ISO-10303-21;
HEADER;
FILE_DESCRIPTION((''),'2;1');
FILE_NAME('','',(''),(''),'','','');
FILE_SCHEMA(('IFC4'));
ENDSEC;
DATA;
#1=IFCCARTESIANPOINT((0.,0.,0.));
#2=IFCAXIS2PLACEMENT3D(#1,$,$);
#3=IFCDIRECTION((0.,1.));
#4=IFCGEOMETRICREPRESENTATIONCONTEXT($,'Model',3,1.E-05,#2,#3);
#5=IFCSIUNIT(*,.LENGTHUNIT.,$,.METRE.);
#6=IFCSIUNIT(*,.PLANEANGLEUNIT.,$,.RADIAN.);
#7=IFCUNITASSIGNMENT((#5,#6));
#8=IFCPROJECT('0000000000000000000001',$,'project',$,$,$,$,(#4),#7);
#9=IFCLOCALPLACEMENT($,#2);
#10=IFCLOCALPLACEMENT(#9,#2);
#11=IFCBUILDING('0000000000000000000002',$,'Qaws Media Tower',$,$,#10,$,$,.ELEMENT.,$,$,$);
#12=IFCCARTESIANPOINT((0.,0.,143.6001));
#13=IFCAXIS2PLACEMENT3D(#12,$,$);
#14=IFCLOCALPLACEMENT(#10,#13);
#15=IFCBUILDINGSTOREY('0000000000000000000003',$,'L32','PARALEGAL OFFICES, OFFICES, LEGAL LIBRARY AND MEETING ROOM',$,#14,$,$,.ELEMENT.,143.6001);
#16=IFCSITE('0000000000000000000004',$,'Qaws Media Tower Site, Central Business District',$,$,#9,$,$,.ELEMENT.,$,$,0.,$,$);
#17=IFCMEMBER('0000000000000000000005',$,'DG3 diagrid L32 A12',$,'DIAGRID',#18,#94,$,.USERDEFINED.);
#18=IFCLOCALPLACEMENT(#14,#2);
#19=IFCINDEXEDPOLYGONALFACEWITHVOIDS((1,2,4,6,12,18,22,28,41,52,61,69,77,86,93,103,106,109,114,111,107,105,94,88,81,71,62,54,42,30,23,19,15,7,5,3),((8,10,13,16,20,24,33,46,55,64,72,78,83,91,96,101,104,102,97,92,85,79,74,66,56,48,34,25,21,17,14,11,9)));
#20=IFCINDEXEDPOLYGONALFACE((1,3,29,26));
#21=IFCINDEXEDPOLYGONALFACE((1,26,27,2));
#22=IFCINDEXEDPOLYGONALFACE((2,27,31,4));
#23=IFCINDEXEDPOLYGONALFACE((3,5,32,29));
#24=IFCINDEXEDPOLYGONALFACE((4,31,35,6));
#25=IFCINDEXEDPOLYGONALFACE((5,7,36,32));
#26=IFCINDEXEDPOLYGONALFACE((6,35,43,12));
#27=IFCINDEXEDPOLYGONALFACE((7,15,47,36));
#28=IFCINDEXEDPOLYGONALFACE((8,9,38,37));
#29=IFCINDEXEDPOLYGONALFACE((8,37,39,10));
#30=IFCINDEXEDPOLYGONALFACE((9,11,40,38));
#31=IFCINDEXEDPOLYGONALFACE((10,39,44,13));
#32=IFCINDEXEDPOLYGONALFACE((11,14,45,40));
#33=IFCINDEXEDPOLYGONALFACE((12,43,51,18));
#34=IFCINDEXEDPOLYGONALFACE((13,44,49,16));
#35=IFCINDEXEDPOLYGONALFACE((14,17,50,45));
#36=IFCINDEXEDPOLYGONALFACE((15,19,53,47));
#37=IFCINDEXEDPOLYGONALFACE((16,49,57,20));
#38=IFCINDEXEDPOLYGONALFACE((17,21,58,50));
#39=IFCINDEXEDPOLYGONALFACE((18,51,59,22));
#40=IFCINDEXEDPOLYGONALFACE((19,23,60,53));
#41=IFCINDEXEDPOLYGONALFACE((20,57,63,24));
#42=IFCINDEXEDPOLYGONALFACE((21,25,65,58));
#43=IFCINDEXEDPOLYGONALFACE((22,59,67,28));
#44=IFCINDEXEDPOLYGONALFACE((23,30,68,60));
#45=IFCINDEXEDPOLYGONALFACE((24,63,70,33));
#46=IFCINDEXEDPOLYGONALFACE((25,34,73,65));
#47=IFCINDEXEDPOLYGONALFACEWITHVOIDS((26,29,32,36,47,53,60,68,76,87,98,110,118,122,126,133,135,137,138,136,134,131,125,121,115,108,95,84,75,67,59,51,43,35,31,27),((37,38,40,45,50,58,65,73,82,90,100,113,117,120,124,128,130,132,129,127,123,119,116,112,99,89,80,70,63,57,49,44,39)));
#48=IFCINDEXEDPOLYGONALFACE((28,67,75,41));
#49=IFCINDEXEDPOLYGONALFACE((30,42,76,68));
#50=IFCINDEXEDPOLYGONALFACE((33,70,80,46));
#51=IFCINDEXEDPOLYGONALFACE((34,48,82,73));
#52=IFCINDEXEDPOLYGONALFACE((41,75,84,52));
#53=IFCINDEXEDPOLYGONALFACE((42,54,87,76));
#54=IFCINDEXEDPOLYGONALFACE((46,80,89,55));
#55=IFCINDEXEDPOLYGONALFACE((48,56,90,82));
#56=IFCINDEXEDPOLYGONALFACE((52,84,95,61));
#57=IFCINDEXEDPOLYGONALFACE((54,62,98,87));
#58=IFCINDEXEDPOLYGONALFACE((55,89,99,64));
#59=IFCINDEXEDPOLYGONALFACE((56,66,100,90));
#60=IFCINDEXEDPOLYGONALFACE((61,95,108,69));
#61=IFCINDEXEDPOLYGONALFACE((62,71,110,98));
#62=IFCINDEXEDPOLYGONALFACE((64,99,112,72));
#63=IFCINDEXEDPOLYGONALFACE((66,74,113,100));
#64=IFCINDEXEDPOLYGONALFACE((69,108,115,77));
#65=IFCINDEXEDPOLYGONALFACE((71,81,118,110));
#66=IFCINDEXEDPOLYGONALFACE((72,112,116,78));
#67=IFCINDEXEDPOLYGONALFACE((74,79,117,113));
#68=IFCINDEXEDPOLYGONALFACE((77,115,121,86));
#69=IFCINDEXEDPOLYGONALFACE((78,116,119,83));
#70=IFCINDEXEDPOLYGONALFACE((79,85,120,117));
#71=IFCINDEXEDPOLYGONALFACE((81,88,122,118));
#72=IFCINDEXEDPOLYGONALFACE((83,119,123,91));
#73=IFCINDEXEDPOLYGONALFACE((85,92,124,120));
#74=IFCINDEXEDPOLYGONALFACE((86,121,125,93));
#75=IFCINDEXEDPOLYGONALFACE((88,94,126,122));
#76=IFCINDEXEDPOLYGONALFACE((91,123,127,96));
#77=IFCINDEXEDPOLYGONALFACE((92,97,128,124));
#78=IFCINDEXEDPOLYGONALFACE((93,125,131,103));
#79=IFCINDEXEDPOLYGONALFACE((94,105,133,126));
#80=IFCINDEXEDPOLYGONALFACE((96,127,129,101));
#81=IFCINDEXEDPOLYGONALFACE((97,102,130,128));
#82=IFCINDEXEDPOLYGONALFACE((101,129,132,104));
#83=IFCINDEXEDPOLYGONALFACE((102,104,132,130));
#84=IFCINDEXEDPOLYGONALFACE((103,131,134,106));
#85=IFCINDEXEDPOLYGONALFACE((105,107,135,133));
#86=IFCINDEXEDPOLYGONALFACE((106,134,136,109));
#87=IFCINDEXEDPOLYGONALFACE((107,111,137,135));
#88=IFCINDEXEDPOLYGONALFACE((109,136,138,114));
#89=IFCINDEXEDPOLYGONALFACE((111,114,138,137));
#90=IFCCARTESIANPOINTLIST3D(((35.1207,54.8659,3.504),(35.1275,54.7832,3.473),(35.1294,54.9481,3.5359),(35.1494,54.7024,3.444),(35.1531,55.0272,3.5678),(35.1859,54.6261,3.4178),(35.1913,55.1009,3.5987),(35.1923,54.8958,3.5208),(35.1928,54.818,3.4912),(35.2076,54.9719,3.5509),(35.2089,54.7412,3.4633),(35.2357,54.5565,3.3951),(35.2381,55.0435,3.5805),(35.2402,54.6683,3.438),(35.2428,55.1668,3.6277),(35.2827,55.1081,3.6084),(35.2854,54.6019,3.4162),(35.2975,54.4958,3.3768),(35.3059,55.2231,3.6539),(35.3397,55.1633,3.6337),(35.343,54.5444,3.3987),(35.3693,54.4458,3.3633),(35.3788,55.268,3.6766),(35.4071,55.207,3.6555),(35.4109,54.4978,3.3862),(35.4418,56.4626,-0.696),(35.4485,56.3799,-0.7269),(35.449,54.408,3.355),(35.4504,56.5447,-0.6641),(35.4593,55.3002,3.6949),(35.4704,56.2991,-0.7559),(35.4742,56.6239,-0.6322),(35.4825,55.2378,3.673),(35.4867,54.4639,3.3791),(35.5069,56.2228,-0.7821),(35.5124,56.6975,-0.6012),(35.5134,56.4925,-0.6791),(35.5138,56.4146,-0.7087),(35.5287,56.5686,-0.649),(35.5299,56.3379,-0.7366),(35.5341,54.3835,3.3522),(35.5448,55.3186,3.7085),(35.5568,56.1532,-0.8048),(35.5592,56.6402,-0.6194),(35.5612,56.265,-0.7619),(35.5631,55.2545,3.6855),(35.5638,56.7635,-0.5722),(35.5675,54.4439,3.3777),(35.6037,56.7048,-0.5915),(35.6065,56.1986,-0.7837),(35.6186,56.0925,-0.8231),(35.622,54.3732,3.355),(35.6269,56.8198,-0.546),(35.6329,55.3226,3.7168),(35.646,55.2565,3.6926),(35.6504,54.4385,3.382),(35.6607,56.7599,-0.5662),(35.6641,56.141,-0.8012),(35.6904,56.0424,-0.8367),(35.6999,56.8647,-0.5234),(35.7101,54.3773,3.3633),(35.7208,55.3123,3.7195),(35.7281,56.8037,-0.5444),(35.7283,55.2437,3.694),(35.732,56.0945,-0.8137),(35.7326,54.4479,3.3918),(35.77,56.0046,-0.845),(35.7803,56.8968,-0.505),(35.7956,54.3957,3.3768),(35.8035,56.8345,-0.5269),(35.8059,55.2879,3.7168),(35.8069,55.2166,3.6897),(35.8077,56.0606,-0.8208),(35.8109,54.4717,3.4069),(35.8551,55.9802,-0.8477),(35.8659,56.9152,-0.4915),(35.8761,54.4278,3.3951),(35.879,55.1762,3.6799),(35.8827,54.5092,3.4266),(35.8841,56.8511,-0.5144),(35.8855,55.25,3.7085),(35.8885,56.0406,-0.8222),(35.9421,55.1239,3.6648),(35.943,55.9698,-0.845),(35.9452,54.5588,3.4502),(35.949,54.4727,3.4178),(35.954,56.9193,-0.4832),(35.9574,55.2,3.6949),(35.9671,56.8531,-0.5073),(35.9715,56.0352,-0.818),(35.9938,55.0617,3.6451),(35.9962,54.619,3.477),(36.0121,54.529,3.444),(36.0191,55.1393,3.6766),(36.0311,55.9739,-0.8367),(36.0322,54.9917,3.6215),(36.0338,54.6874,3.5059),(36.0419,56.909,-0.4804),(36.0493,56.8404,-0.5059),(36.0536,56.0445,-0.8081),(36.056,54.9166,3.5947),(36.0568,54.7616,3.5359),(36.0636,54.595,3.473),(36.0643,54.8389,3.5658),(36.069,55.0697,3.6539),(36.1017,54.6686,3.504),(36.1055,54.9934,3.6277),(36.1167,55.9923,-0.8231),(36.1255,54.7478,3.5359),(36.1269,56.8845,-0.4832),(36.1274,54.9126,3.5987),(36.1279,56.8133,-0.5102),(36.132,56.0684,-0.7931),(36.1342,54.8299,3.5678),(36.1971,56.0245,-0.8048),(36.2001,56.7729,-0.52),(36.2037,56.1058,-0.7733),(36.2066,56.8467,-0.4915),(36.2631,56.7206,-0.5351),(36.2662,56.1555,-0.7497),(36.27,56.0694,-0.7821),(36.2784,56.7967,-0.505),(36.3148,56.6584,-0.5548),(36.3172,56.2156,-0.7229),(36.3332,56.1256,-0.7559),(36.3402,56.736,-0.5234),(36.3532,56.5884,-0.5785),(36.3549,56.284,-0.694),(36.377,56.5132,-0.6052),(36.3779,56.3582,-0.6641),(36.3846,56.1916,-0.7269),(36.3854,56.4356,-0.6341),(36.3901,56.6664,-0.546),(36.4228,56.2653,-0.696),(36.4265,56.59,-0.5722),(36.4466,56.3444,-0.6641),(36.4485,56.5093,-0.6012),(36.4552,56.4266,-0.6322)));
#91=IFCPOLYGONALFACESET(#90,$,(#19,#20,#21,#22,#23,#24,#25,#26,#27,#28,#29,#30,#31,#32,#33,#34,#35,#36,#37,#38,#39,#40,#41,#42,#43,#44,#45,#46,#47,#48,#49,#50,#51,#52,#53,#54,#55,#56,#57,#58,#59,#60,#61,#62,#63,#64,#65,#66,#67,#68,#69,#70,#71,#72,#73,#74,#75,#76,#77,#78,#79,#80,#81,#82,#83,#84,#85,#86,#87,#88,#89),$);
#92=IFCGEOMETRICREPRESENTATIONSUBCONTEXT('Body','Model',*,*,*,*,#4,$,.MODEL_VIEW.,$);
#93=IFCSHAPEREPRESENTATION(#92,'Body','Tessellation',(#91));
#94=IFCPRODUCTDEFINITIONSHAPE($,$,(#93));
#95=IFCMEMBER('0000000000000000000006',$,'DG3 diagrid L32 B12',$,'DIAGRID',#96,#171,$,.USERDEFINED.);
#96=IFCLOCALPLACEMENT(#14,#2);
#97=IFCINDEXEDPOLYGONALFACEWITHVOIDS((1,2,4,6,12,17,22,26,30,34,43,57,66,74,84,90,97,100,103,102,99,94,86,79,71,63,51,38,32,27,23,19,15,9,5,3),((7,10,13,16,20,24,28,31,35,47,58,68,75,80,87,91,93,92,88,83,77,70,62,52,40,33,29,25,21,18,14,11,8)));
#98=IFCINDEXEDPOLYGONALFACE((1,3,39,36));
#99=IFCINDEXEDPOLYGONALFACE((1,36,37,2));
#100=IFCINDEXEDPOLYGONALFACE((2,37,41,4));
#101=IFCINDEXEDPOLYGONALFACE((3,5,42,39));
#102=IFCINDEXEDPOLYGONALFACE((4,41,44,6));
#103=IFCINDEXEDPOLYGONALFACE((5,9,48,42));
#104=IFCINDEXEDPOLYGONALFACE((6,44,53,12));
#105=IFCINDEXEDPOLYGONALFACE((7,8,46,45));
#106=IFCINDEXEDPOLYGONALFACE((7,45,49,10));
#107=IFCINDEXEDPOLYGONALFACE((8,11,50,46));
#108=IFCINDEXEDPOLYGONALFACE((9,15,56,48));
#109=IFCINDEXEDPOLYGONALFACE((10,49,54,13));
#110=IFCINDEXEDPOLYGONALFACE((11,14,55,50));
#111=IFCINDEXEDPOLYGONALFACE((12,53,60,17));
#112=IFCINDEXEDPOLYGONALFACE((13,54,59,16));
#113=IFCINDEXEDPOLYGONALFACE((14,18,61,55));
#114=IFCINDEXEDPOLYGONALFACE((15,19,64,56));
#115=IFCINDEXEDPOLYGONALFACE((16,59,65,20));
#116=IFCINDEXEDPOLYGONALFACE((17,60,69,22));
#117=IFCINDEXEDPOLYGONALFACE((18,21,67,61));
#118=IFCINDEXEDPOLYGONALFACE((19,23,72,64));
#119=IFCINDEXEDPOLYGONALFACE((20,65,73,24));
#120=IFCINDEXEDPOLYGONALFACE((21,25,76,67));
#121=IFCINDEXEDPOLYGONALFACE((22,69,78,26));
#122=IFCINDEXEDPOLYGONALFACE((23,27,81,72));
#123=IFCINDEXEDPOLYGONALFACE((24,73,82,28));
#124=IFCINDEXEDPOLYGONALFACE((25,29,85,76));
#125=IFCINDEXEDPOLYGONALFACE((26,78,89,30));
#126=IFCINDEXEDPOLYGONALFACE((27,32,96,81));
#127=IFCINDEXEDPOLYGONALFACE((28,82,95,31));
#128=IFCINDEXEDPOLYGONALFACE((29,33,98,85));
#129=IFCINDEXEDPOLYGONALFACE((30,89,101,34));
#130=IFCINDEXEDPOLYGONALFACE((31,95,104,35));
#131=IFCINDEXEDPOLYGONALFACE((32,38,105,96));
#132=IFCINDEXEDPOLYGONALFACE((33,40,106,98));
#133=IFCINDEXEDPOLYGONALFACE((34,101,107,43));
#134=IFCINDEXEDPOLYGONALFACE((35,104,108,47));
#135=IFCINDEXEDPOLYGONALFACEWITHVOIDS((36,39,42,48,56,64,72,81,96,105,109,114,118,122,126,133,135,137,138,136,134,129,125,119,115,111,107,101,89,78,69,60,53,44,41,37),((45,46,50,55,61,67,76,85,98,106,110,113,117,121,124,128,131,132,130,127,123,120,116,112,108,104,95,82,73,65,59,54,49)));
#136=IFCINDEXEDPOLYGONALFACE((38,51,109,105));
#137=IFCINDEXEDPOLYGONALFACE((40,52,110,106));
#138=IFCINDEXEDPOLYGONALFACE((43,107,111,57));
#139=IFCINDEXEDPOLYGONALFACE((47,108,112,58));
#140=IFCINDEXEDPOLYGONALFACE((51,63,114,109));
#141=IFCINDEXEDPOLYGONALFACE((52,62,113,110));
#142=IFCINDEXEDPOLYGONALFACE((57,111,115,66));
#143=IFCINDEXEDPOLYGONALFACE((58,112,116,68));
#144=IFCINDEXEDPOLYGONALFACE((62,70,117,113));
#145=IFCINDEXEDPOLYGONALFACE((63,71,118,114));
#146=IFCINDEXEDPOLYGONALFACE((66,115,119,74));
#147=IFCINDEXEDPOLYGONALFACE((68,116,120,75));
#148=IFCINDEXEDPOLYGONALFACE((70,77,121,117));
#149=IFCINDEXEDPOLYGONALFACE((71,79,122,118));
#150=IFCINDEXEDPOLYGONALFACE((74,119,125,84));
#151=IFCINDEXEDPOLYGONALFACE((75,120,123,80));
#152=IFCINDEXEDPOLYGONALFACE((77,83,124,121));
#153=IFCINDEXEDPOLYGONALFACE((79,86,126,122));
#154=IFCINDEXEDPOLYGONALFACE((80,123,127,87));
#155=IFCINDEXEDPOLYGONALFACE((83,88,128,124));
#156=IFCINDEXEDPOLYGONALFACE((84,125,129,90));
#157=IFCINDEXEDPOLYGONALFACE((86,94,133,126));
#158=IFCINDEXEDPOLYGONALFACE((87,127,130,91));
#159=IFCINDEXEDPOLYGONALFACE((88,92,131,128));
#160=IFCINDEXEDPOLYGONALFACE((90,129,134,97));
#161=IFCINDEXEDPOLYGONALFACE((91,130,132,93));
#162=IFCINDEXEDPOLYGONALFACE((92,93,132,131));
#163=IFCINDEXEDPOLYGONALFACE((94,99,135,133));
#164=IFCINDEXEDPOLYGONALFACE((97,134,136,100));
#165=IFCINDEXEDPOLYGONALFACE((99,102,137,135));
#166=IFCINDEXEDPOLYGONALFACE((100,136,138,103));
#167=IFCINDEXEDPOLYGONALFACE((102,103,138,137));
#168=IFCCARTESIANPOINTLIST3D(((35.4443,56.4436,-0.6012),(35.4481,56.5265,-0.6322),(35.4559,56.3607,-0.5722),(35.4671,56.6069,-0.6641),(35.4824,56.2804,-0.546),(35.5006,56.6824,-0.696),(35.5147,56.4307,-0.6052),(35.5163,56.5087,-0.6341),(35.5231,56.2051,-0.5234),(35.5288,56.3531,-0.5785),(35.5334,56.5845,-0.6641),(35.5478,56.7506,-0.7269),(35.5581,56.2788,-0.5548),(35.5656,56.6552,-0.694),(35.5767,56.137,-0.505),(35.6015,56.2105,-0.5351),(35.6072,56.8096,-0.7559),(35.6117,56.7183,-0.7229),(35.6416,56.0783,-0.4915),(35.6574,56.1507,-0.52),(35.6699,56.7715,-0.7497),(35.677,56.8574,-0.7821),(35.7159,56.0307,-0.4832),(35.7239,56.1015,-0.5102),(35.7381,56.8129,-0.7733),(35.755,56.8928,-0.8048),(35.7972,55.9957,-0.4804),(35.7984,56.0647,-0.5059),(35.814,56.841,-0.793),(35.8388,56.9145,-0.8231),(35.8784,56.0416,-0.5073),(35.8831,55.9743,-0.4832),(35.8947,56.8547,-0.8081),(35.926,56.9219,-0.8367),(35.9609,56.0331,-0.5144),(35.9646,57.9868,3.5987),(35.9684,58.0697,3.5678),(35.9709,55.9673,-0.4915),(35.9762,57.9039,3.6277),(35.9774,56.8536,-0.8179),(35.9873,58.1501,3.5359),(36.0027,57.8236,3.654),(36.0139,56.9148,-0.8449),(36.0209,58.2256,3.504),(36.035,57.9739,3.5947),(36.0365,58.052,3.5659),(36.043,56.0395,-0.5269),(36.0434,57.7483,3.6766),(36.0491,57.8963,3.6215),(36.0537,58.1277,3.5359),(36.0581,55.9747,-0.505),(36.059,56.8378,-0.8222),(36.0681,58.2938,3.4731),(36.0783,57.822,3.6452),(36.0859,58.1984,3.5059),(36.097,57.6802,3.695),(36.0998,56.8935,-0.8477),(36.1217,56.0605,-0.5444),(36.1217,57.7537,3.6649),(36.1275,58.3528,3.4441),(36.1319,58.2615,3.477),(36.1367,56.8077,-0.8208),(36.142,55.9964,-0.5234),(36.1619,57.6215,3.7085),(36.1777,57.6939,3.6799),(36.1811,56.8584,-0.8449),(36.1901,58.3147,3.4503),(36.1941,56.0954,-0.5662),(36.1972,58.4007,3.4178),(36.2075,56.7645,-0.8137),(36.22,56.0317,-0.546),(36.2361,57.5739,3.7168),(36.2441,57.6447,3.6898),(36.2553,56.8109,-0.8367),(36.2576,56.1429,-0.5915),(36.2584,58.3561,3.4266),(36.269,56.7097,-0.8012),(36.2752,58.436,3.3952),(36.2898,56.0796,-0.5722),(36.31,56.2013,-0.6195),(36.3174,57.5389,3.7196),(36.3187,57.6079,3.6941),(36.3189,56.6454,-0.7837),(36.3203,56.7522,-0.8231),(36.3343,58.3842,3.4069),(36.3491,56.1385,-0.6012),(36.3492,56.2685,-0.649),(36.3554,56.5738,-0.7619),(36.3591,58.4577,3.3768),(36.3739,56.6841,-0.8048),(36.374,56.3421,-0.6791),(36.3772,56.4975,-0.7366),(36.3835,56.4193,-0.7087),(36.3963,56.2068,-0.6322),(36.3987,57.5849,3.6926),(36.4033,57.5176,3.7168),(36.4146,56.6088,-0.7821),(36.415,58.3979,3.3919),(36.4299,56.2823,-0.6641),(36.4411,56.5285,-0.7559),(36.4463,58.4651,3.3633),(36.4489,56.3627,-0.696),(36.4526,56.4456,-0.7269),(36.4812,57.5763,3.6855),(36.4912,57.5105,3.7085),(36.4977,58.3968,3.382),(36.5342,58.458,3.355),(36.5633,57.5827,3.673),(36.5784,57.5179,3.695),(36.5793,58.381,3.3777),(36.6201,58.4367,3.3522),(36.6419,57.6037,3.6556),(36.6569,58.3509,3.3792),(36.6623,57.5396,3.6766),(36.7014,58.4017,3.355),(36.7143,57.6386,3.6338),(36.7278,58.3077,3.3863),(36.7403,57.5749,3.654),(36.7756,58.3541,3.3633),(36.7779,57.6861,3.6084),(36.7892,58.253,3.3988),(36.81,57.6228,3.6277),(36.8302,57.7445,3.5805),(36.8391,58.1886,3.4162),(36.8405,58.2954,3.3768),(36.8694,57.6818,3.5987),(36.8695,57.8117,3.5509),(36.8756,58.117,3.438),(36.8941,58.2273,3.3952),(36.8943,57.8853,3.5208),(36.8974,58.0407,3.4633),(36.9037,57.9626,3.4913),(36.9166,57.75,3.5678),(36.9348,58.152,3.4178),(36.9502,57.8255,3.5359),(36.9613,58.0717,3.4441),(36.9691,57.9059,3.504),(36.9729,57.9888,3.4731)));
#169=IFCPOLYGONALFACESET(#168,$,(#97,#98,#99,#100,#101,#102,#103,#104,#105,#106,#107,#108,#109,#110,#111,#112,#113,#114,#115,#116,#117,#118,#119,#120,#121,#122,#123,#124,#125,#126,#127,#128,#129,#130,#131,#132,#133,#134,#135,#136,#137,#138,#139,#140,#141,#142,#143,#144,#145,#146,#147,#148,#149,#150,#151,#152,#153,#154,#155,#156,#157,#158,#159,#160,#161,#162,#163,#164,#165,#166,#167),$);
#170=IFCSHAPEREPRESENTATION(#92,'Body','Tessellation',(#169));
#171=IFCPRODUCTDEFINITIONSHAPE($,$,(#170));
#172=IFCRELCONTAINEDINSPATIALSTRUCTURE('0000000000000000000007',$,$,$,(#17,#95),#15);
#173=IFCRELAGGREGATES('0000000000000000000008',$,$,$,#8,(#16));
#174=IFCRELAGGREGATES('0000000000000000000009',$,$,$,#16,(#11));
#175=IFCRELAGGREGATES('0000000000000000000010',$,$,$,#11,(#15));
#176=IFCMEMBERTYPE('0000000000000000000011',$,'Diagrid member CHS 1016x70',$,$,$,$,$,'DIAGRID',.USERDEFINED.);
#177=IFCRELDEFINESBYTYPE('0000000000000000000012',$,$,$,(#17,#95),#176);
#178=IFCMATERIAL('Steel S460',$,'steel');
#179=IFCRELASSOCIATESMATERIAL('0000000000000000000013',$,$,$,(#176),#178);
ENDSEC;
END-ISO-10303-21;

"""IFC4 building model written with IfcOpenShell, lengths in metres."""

from ifc_helpers import new_model, si_unit, direction, frame, origin, origin_2d, place, context, subcontext, project, spatial, hollow_circle, extrude, material, material_profile, profile_set, type_object, element, save


model = new_model("IFC4")

# Units and contexts
model_context = context("Model", 3, precision=1e-05, world=origin(), true_north=direction((0.0, 1.0)))
body_context = subcontext(model_context, "Body", "Model", "MODEL_VIEW")
ifc_project = project(units=[si_unit("LENGTHUNIT", "METRE"), si_unit("PLANEANGLEUNIT", "RADIAN")], contexts=[model_context])

# Site, building, storey
site_placement = place(None, origin())
site = spatial("IfcSite", under=ifc_project, at=site_placement, Name="Qaws Media Tower Site, Central Business District", CompositionType="ELEMENT", RefElevation=0.0)
building_placement = place(site_placement, origin())
building = spatial("IfcBuilding", under=site, at=building_placement, Name="Qaws Media Tower", CompositionType="ELEMENT")
storey_placement = place(building_placement, frame((0.0, 0.0, 143.6001)))
storey = spatial("IfcBuildingStorey", under=building, at=storey_placement, Name="L32", Description="PARALEGAL OFFICES, OFFICES, LEGAL LIBRARY AND MEETING ROOM", CompositionType="ELEMENT", Elevation=143.6001)

# Members
ifc_material_1 = material(Name="Steel S460", Category="steel")
ifc_material_profile_1 = material_profile(ifc_material_1, hollow_circle(Radius=0.5081, WallThickness=0.0701, at=origin_2d()), Name="CHS 1016x70")
ifc_profile_set_1 = profile_set([ifc_material_profile_1], Name="Steel S460")
member_type_1 = type_object("IfcMemberType", Name="Diagrid member CHS 1016x70", ElementType="DIAGRID", PredefinedType="USERDEFINED", material=ifc_profile_set_1)
for number, where, z_axis, x_axis, name in (
    (1, (35.9485, 56.4446, -0.6641), (-0.071269, -0.35445, 0.932355), (0.980378, -0.197125, 0.0), "DG3 diagrid L32 A12"),
    (2, (35.9485, 56.4446, -0.6641), (0.115495, 0.342583, 0.932361), (-0.947598, 0.319464, 0.0), "DG3 diagrid L32 B12"),
):
    element("IfcMember", number, at=place(storey_placement, frame(where, z_axis=z_axis, x_axis=x_axis)), inside=storey, type_object=member_type_1, Name=name, ObjectType="DIAGRID", PredefinedType="USERDEFINED", context=body_context, shape_type="SweptSolid", body=[
        extrude(hollow_circle(Radius=0.5081, WallThickness=0.0701, at=origin_2d()), origin(), (0.0, 0.0, 1.0), 4.5046),
    ])

save(model, "model.ifc")
